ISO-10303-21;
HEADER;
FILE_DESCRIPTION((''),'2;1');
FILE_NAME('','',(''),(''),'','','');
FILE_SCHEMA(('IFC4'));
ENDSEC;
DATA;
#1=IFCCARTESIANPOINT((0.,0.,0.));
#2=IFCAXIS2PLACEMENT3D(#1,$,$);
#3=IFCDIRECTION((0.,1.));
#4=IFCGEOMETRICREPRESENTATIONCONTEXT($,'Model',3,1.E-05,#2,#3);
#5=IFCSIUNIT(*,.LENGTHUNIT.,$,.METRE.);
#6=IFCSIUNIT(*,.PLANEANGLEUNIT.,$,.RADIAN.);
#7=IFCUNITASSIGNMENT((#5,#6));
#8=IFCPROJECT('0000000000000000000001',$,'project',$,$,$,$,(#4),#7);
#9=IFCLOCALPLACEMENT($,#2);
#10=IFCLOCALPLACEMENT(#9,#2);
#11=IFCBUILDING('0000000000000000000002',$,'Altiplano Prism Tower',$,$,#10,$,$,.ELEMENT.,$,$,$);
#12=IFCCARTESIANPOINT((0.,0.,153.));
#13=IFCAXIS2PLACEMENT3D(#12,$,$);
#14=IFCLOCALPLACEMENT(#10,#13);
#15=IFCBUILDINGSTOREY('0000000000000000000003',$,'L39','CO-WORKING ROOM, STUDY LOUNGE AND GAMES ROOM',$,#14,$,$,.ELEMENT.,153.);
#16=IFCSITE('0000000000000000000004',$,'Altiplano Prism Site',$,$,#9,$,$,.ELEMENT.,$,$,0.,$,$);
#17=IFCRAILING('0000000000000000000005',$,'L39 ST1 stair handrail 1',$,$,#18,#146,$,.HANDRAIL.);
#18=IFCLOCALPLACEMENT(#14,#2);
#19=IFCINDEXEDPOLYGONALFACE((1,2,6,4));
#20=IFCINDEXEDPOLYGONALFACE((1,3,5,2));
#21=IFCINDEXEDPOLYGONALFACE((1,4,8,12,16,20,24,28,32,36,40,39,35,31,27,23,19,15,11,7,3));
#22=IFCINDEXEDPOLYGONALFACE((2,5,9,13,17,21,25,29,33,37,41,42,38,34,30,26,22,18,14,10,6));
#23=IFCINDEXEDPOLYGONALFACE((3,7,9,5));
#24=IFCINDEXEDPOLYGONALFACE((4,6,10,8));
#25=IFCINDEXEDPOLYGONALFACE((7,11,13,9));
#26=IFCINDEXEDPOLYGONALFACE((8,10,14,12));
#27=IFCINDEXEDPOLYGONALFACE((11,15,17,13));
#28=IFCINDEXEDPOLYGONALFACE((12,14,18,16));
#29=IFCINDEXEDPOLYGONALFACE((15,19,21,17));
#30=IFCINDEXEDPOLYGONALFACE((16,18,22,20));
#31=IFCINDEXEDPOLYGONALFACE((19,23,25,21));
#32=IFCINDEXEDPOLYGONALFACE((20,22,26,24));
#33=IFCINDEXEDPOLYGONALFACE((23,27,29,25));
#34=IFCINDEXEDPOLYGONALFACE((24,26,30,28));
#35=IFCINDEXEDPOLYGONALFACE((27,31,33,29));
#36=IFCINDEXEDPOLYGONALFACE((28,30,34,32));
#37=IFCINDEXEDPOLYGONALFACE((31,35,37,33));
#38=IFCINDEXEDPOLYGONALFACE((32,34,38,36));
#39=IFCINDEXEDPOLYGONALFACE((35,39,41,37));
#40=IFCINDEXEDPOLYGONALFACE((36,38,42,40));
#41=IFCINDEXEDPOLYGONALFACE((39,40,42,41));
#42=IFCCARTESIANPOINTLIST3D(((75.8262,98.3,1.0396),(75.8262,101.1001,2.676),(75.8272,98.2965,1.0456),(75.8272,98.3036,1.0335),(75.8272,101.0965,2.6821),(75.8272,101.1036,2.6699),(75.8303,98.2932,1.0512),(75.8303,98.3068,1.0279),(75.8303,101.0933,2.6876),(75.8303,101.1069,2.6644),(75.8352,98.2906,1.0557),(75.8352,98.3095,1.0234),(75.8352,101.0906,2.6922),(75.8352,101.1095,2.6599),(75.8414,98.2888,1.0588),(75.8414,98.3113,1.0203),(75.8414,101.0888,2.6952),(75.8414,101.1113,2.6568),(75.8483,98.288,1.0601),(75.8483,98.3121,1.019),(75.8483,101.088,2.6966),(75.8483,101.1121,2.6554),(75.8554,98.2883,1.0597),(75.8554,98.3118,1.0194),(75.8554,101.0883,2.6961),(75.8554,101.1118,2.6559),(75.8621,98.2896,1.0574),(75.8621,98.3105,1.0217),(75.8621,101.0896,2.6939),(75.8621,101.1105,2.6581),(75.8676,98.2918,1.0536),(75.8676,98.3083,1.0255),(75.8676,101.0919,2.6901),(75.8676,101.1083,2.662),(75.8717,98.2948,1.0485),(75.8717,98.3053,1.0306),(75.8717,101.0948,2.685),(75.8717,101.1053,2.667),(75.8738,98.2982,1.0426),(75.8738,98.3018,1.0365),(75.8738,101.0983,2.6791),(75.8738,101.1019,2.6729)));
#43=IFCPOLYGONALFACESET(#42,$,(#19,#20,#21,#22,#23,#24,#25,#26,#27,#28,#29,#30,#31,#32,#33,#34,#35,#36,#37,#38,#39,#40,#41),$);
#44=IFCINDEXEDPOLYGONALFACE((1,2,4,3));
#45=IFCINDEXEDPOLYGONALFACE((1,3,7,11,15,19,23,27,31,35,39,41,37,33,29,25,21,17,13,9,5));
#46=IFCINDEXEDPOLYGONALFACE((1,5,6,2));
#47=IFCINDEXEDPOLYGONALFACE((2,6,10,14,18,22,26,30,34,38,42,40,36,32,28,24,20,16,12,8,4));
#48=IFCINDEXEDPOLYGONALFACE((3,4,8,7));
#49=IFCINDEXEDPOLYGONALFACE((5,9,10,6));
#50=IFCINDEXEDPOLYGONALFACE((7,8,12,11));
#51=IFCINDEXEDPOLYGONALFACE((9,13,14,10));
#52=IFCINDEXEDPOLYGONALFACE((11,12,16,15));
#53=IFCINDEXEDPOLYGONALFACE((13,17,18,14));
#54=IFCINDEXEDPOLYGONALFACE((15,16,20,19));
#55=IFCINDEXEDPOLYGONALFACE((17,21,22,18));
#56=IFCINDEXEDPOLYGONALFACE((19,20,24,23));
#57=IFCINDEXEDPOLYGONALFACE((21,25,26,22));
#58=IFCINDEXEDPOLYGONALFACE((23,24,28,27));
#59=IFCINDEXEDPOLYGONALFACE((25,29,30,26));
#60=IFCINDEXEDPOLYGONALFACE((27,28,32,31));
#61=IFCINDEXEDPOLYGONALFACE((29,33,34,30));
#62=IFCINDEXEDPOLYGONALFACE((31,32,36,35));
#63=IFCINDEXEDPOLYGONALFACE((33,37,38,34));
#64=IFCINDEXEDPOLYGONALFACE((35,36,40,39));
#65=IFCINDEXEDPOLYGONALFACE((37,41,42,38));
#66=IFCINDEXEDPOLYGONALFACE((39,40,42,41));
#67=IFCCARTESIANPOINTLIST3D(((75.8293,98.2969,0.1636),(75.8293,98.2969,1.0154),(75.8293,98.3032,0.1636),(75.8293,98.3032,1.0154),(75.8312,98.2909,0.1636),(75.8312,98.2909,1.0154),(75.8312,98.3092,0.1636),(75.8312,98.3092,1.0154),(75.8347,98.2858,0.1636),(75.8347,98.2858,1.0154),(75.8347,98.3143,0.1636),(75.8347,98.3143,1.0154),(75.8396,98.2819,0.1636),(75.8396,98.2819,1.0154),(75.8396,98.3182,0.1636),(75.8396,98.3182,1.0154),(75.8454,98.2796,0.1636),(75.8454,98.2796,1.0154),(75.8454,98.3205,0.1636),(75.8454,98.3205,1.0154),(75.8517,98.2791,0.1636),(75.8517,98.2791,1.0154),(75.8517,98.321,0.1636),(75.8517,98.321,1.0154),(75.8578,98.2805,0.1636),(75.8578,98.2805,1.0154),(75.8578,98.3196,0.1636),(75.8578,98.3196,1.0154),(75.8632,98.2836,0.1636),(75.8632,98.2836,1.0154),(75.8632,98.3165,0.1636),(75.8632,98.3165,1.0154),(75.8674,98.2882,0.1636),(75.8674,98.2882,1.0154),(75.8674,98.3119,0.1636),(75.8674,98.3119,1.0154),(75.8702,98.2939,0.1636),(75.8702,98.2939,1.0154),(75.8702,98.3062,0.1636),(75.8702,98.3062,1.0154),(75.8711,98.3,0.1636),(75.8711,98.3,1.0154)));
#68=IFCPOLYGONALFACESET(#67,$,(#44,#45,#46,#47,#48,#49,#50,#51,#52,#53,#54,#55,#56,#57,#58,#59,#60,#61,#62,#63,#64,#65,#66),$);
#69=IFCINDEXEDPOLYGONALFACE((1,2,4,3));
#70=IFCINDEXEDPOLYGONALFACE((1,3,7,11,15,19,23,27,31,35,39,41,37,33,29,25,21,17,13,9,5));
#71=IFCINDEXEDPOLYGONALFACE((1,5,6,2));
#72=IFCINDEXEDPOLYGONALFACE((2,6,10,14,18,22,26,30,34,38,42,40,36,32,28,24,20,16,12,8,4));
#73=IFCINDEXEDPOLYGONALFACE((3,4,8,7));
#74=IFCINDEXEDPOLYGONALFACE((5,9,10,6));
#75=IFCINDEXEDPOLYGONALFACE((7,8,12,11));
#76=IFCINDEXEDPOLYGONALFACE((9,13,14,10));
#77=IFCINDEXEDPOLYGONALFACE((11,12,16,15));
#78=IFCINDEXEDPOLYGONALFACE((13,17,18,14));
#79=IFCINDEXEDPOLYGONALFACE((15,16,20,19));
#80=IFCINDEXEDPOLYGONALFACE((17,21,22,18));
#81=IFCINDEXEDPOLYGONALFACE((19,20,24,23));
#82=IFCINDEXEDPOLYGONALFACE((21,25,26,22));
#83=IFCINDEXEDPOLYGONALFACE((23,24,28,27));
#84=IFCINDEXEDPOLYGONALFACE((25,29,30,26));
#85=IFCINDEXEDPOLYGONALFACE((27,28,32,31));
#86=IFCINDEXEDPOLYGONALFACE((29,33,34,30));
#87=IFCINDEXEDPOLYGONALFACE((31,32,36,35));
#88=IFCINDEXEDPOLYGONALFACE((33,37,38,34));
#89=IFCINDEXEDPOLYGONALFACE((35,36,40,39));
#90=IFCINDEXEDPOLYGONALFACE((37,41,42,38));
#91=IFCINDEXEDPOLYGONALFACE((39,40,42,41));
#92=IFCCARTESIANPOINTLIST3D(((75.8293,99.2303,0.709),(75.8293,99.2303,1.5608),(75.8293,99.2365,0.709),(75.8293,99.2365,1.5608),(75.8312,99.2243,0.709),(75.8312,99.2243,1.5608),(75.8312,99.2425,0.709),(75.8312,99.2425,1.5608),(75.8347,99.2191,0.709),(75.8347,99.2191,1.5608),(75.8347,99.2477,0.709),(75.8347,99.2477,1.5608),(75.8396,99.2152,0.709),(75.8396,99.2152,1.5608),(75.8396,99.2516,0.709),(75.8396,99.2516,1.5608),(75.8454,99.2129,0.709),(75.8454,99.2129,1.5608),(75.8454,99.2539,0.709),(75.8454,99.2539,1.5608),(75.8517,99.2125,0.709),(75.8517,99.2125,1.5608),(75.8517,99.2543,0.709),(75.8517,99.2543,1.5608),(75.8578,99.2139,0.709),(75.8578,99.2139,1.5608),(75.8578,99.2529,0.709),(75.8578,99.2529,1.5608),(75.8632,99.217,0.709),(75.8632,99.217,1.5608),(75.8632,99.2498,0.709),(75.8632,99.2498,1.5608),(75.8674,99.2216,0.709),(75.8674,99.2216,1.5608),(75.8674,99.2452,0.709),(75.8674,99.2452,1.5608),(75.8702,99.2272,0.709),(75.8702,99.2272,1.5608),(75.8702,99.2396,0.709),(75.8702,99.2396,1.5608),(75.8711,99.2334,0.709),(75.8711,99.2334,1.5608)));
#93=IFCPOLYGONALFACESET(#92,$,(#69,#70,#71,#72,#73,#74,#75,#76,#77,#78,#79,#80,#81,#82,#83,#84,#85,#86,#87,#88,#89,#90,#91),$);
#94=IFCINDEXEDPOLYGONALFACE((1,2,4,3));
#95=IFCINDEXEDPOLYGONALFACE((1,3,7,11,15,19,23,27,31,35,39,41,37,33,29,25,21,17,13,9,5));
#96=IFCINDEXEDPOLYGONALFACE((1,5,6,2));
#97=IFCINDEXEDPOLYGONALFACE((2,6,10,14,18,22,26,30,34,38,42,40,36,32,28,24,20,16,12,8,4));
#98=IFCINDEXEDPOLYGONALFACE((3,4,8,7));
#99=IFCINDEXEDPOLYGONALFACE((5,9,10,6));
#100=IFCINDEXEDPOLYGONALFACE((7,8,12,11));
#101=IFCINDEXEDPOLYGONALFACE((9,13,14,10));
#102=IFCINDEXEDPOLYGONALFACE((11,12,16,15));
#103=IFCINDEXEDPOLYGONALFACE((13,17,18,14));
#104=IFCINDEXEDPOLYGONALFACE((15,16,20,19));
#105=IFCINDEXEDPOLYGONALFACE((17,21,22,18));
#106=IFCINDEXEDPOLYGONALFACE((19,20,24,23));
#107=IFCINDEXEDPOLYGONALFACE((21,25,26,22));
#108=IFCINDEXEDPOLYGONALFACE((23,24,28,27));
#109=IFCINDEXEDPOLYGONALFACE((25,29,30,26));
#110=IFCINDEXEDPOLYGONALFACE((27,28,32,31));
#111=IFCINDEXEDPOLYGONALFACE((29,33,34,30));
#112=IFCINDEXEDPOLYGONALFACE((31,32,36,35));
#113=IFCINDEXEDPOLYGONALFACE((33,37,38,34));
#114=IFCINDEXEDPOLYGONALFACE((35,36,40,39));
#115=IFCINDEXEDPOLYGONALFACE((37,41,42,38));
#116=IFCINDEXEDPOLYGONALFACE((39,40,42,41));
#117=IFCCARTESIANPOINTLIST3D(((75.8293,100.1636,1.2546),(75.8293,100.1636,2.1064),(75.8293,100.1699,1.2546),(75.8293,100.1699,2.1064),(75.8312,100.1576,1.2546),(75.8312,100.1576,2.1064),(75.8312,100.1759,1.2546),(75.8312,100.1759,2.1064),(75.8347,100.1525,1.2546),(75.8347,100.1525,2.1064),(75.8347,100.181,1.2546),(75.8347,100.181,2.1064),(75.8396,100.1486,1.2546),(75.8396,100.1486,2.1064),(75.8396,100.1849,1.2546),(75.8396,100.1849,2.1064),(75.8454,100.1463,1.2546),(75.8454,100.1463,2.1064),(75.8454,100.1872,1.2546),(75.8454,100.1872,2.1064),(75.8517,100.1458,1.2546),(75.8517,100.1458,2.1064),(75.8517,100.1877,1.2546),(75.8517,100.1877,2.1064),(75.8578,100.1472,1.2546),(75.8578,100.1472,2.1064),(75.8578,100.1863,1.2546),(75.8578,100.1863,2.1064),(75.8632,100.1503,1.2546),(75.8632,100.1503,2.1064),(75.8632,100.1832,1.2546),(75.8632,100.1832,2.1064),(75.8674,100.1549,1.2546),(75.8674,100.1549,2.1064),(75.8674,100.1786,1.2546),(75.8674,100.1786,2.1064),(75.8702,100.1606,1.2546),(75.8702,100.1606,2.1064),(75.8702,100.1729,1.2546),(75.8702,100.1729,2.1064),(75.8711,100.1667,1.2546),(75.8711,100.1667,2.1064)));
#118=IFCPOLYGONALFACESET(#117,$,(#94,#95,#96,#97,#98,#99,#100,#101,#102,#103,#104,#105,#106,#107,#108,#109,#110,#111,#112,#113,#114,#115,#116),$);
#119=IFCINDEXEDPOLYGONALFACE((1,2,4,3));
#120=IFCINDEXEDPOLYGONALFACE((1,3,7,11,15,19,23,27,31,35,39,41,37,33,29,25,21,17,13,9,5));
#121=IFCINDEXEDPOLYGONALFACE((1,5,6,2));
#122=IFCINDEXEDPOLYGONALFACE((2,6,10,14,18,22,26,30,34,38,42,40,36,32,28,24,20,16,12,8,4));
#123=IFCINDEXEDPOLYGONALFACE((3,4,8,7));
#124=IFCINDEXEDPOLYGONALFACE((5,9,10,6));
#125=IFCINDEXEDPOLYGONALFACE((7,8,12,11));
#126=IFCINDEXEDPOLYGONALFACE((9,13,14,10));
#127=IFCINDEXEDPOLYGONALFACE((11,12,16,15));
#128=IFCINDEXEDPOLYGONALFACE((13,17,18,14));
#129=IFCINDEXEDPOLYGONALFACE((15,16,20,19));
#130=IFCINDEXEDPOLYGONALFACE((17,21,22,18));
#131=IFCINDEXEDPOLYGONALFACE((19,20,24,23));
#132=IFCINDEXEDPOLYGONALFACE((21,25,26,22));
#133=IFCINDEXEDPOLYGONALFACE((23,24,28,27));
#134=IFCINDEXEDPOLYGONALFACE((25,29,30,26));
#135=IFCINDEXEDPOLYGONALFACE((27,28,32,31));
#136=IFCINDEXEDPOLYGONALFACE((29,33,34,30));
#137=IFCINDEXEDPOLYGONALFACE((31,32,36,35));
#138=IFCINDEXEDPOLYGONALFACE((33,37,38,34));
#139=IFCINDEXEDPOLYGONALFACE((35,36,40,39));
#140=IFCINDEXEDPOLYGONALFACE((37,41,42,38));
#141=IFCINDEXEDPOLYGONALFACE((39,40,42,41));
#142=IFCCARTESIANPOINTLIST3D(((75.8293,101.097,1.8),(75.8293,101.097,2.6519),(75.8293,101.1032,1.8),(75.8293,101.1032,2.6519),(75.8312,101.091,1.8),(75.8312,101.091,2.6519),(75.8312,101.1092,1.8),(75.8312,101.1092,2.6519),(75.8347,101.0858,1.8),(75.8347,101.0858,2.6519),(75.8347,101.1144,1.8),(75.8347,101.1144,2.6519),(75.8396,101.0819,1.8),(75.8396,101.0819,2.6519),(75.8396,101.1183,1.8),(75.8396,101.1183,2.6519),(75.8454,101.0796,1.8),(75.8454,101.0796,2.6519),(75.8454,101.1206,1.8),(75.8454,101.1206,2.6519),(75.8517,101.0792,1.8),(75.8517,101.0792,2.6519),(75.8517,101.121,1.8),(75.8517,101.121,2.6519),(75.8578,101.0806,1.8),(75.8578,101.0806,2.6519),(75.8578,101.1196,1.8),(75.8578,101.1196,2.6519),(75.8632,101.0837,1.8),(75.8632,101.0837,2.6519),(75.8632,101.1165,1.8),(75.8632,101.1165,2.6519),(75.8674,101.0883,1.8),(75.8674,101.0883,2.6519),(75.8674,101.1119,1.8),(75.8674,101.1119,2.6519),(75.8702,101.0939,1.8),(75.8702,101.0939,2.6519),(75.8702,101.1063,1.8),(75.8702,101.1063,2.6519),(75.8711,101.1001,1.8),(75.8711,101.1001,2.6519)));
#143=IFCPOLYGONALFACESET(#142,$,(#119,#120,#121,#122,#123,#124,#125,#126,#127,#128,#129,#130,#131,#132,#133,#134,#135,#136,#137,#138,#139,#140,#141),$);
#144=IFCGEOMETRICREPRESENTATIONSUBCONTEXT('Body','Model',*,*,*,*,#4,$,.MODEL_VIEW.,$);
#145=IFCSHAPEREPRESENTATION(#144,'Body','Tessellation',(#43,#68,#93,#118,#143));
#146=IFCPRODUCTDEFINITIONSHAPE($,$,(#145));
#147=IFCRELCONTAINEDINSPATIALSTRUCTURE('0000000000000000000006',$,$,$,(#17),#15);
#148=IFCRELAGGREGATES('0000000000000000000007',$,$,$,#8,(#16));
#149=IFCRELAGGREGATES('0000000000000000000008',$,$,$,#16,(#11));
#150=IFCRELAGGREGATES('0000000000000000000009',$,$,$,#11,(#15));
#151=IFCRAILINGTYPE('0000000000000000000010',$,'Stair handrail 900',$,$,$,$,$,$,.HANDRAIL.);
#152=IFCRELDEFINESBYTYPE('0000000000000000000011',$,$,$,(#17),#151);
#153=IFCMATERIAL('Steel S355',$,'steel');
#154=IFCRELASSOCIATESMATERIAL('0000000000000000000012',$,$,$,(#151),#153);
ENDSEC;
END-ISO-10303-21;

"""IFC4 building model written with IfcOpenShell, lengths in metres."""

from ifc_helpers import new_model, si_unit, direction, frame, origin, origin_2d, place, context, subcontext, project, spatial, circle, extrude, material, type_object, element, save


model = new_model("IFC4")

# Units and contexts
model_context = context("Model", 3, precision=1e-05, world=origin(), true_north=direction((0.0, 1.0)))
body_context = subcontext(model_context, "Body", "Model", "MODEL_VIEW")
ifc_project = project(units=[si_unit("LENGTHUNIT", "METRE"), si_unit("PLANEANGLEUNIT", "RADIAN")], contexts=[model_context])

# Site, building, storey
site_placement = place(None, origin())
site = spatial("IfcSite", under=ifc_project, at=site_placement, Name="Altiplano Prism Site", CompositionType="ELEMENT", RefElevation=0.0)
building_placement = place(site_placement, origin())
building = spatial("IfcBuilding", under=site, at=building_placement, Name="Altiplano Prism Tower", CompositionType="ELEMENT")
storey_placement = place(building_placement, frame((0.0, 0.0, 153.0)))
storey = spatial("IfcBuildingStorey", under=building, at=storey_placement, Name="L39", Description="CO-WORKING ROOM, STUDY LOUNGE AND GAMES ROOM", CompositionType="ELEMENT", Elevation=153.0)

# Railing
ifc_material_1 = material(Name="Steel S355", Category="steel")
railing_type_1 = type_object("IfcRailingType", Name="Stair handrail 900", PredefinedType="HANDRAIL", material=ifc_material_1)
railing_1_placement = place(storey_placement, frame((75.8501, 98.3, 0.1636)))
element("IfcRailing", 1, at=railing_1_placement, inside=storey, type_object=railing_type_1, Name="L39 ST1 stair handrail 1", PredefinedType="HANDRAIL", context=body_context, shape_type="SweptSolid", body=[
    extrude(circle(Radius=0.0239, at=origin_2d()), frame((0.0, 0.0, 0.876), z_axis=(0.0, 0.863361, 0.504587), x_axis=(-1.0, 0.0, 0.0)), (0.0, 0.0, 1.0), 3.2432),
    extrude(circle(Radius=0.021, at=origin_2d()), origin(), (0.0, 0.0, 1.0), 0.8518),
    extrude(circle(Radius=0.021, at=origin_2d()), frame((0.0, 0.9333, 0.5454)), (0.0, 0.0, 1.0), 0.8518),
    extrude(circle(Radius=0.021, at=origin_2d()), frame((0.0, 1.8667, 1.0911)), (0.0, 0.0, 1.0), 0.8518),
    extrude(circle(Radius=0.021, at=origin_2d()), frame((0.0, 2.8, 1.6365)), (0.0, 0.0, 1.0), 0.8518),
])

save(model, "model.ifc")
